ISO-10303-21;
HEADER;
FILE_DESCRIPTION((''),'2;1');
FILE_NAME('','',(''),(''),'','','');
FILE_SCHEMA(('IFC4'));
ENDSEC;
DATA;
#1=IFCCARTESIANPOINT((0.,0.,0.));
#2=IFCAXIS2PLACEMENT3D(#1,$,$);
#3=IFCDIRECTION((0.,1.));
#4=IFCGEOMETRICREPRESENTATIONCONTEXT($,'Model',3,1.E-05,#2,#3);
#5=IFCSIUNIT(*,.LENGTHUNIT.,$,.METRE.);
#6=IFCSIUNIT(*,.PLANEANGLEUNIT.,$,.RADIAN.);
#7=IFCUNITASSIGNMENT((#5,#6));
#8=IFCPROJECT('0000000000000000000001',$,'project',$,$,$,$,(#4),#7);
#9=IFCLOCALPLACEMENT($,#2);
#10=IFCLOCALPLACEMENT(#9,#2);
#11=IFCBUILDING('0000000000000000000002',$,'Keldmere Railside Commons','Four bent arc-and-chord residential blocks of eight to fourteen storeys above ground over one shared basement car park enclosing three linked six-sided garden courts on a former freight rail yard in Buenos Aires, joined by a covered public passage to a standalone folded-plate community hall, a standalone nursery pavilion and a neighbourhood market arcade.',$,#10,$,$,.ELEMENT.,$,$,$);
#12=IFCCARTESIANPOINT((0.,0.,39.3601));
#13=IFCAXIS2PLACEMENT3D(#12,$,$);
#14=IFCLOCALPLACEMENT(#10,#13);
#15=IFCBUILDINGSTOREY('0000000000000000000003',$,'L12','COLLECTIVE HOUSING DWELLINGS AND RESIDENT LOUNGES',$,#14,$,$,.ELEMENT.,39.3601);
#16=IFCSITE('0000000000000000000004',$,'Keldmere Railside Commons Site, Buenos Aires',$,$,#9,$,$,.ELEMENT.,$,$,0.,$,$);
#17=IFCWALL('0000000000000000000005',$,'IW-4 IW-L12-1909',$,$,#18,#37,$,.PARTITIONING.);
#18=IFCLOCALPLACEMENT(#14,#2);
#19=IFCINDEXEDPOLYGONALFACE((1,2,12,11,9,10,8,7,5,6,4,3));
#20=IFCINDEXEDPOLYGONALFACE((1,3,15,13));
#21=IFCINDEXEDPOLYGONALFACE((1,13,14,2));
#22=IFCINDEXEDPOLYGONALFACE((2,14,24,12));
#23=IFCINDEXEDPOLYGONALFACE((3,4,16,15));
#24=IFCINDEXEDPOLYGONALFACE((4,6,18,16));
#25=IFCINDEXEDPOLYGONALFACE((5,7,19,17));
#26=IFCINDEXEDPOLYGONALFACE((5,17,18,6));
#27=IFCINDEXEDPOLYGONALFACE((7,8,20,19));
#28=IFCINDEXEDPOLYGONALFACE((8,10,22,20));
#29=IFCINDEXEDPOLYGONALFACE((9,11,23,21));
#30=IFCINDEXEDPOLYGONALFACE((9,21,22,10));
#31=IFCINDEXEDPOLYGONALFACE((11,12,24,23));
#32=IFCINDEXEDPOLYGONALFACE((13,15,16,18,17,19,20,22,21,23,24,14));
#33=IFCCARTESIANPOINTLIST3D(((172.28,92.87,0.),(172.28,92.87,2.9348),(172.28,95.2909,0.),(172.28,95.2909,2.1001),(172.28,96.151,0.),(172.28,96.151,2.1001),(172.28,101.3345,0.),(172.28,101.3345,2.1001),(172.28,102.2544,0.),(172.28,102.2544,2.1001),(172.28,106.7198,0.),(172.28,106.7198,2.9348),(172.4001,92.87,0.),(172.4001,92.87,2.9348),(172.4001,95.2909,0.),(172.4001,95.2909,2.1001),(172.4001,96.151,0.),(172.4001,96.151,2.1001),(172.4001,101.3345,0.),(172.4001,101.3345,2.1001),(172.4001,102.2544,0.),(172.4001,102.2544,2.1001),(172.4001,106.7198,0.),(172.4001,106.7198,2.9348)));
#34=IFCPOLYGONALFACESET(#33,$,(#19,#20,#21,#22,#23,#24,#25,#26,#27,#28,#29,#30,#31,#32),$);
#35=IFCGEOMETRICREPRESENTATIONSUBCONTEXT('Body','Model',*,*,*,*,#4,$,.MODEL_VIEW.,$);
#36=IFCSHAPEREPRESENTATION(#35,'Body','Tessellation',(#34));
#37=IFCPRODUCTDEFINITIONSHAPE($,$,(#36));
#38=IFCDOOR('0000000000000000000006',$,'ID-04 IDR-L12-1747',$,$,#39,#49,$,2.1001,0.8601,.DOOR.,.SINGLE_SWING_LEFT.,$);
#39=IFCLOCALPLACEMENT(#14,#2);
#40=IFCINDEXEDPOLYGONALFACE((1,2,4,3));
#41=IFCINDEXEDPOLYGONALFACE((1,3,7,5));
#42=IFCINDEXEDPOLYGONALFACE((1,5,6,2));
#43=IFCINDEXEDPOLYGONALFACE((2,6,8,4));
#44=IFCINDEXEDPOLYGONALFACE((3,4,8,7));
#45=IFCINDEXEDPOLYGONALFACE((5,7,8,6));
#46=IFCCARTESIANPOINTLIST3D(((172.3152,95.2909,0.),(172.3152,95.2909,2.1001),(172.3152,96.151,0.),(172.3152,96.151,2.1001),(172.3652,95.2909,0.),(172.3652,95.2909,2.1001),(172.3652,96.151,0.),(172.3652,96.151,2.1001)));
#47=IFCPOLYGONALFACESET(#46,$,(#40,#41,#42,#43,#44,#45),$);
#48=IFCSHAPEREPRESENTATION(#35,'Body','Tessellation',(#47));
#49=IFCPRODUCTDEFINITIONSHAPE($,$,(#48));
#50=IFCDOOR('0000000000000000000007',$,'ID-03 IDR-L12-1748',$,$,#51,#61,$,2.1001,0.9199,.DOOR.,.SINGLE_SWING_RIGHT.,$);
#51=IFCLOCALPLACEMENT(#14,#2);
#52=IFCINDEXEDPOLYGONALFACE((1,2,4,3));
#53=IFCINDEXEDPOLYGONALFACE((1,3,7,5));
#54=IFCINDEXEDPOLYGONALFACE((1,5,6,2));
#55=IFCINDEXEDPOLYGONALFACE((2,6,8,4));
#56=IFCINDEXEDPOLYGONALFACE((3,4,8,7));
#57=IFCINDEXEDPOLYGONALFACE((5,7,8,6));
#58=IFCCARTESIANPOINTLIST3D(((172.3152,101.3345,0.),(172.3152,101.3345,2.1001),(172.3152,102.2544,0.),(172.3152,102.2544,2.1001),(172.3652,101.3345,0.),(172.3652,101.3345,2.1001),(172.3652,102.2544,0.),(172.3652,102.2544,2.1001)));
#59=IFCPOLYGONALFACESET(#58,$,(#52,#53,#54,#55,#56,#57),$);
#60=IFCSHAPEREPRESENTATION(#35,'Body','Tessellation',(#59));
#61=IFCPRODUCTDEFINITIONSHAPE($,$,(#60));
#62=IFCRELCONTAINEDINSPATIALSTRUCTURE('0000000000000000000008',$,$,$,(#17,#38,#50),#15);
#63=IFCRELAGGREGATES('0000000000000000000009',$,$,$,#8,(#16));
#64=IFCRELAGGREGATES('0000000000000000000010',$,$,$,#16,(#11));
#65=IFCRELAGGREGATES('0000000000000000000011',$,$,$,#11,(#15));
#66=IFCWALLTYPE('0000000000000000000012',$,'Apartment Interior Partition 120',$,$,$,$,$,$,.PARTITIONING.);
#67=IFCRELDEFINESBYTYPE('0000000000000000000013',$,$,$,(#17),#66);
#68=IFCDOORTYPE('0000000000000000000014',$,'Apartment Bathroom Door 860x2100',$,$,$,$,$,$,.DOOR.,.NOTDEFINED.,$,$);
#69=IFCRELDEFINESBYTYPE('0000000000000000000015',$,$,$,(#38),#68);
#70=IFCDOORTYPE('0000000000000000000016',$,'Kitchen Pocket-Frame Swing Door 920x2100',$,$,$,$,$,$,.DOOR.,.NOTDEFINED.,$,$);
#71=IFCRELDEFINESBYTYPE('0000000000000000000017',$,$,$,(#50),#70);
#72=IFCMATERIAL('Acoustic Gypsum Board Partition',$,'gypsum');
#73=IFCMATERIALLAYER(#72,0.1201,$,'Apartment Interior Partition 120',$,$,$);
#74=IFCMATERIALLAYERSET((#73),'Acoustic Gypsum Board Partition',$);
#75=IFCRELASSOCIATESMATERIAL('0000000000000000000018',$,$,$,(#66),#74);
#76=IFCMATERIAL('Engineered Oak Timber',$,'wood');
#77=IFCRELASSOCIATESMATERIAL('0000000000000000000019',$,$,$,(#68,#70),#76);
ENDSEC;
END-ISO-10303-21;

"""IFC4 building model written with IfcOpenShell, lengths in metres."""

from ifc_helpers import new_model, si_unit, direction, frame, frame_2d, origin, place, context, subcontext, project, spatial, rectangle, extrude, material, layer, layer_set, type_object, element, fill, save


model = new_model("IFC4")

# Units and contexts
model_context = context("Model", 3, precision=1e-05, world=origin(), true_north=direction((0.0, 1.0)))
body_context = subcontext(model_context, "Body", "Model", "MODEL_VIEW")
ifc_project = project(units=[si_unit("LENGTHUNIT", "METRE"), si_unit("PLANEANGLEUNIT", "RADIAN")], contexts=[model_context])

# Site, building, storey
site_placement = place(None, origin())
site = spatial("IfcSite", under=ifc_project, at=site_placement, Name="Keldmere Railside Commons Site, Buenos Aires", CompositionType="ELEMENT", RefElevation=0.0)
building_placement = place(site_placement, origin())
building = spatial("IfcBuilding", under=site, at=building_placement, Name="Keldmere Railside Commons", Description="Four bent arc-and-chord residential blocks of eight to fourteen storeys above ground over one shared basement car park enclosing three linked six-sided garden courts on a former freight rail yard in Buenos Aires, joined by a covered public passage to a standalone folded-plate community hall, a standalone nursery pavilion and a neighbourhood market arcade.", CompositionType="ELEMENT")
storey_placement = place(building_placement, frame((0.0, 0.0, 39.3601)))
storey = spatial("IfcBuildingStorey", under=building, at=storey_placement, Name="L12", Description="COLLECTIVE HOUSING DWELLINGS AND RESIDENT LOUNGES", CompositionType="ELEMENT", Elevation=39.3601)

# Shared definitions
ifc_material_1 = material(Name="Acoustic Gypsum Board Partition", Category="gypsum")
ifc_layer_1 = layer(ifc_material_1, 0.1201, Name="Apartment Interior Partition 120")
ifc_layer_set_1 = layer_set([ifc_layer_1], Name="Acoustic Gypsum Board Partition")
wall_type = type_object("IfcWallType", Name="Apartment Interior Partition 120", PredefinedType="PARTITIONING", material=ifc_layer_set_1)
ifc_material_2 = material(Name="Engineered Oak Timber", Category="wood")

# Wall, openings, doors
wall_1_placement = place(storey_placement, frame((172.3401, 92.8701, 0.0), z_axis=(0.0, 0.0, 1.0), x_axis=(0.0, 1.0, 0.0)))
wall_1 = element("IfcWall", 1, at=wall_1_placement, inside=storey, type_object=wall_type, Name="IW-4 IW-L12-1909", PredefinedType="PARTITIONING", context=body_context, shape_type="SweptSolid", body=[
    extrude(rectangle(XDim=13.8499, YDim=0.1201, at=frame_2d((6.9248, 0.0))), origin(), (0.0, 0.0, 1.0), 2.9348),
])
opening_1_placement = place(wall_1_placement, frame((2.4207, 0.0, 0.0)))
opening_1 = element("IfcOpeningElement", 2, at=opening_1_placement, cuts=wall_1, PredefinedType="OPENING", context=body_context, shape_type="SweptSolid", body=[
    extrude(rectangle(XDim=0.8601, YDim=2.1001, at=frame_2d((0.4302, 1.05))), frame((0.0, 0.0701, 0.0), z_axis=(0.0, -1.0, 0.0), x_axis=(1.0, 0.0, 0.0)), (0.0, 0.0, 1.0), 0.1401),
])
opening_2_placement = place(wall_1_placement, frame((8.4644, 0.0, 0.0)))
opening_2 = element("IfcOpeningElement", 3, at=opening_2_placement, cuts=wall_1, PredefinedType="OPENING", context=body_context, shape_type="SweptSolid", body=[
    extrude(rectangle(XDim=0.9199, YDim=2.1001, at=frame_2d((0.46, 1.05))), frame((0.0, 0.0701, 0.0), z_axis=(0.0, -1.0, 0.0), x_axis=(1.0, 0.0, 0.0)), (0.0, 0.0, 1.0), 0.1401),
])
door_type_1 = type_object("IfcDoorType", Name="Apartment Bathroom Door 860x2100", OperationType="NOTDEFINED", PredefinedType="DOOR", material=ifc_material_2)
door_1_placement = place(opening_1_placement, origin())
door_1 = element("IfcDoor", 4, at=door_1_placement, inside=storey, type_object=door_type_1, Name="ID-04 IDR-L12-1747", OperationType="SINGLE_SWING_LEFT", OverallHeight=2.1001, OverallWidth=0.8601, PredefinedType="DOOR", context=body_context, shape_type="SweptSolid", body=[
    extrude(rectangle(XDim=0.8601, YDim=2.1001, at=frame_2d((0.4302, 1.05))), frame((0.0, 0.0249, 0.0), z_axis=(0.0, -1.0, 0.0), x_axis=(1.0, 0.0, 0.0)), (0.0, 0.0, 1.0), 0.05),
])
fill(opening_1, door_1)
door_type_2 = type_object("IfcDoorType", Name="Kitchen Pocket-Frame Swing Door 920x2100", OperationType="NOTDEFINED", PredefinedType="DOOR", material=ifc_material_2)
door_2_placement = place(opening_2_placement, origin())
door_2 = element("IfcDoor", 5, at=door_2_placement, inside=storey, type_object=door_type_2, Name="ID-03 IDR-L12-1748", OperationType="SINGLE_SWING_RIGHT", OverallHeight=2.1001, OverallWidth=0.9199, PredefinedType="DOOR", context=body_context, shape_type="SweptSolid", body=[
    extrude(rectangle(XDim=0.9199, YDim=2.1001, at=frame_2d((0.46, 1.05))), frame((0.0, 0.0249, 0.0), z_axis=(0.0, -1.0, 0.0), x_axis=(1.0, 0.0, 0.0)), (0.0, 0.0, 1.0), 0.05),
])
fill(opening_2, door_2)

save(model, "model.ifc")
